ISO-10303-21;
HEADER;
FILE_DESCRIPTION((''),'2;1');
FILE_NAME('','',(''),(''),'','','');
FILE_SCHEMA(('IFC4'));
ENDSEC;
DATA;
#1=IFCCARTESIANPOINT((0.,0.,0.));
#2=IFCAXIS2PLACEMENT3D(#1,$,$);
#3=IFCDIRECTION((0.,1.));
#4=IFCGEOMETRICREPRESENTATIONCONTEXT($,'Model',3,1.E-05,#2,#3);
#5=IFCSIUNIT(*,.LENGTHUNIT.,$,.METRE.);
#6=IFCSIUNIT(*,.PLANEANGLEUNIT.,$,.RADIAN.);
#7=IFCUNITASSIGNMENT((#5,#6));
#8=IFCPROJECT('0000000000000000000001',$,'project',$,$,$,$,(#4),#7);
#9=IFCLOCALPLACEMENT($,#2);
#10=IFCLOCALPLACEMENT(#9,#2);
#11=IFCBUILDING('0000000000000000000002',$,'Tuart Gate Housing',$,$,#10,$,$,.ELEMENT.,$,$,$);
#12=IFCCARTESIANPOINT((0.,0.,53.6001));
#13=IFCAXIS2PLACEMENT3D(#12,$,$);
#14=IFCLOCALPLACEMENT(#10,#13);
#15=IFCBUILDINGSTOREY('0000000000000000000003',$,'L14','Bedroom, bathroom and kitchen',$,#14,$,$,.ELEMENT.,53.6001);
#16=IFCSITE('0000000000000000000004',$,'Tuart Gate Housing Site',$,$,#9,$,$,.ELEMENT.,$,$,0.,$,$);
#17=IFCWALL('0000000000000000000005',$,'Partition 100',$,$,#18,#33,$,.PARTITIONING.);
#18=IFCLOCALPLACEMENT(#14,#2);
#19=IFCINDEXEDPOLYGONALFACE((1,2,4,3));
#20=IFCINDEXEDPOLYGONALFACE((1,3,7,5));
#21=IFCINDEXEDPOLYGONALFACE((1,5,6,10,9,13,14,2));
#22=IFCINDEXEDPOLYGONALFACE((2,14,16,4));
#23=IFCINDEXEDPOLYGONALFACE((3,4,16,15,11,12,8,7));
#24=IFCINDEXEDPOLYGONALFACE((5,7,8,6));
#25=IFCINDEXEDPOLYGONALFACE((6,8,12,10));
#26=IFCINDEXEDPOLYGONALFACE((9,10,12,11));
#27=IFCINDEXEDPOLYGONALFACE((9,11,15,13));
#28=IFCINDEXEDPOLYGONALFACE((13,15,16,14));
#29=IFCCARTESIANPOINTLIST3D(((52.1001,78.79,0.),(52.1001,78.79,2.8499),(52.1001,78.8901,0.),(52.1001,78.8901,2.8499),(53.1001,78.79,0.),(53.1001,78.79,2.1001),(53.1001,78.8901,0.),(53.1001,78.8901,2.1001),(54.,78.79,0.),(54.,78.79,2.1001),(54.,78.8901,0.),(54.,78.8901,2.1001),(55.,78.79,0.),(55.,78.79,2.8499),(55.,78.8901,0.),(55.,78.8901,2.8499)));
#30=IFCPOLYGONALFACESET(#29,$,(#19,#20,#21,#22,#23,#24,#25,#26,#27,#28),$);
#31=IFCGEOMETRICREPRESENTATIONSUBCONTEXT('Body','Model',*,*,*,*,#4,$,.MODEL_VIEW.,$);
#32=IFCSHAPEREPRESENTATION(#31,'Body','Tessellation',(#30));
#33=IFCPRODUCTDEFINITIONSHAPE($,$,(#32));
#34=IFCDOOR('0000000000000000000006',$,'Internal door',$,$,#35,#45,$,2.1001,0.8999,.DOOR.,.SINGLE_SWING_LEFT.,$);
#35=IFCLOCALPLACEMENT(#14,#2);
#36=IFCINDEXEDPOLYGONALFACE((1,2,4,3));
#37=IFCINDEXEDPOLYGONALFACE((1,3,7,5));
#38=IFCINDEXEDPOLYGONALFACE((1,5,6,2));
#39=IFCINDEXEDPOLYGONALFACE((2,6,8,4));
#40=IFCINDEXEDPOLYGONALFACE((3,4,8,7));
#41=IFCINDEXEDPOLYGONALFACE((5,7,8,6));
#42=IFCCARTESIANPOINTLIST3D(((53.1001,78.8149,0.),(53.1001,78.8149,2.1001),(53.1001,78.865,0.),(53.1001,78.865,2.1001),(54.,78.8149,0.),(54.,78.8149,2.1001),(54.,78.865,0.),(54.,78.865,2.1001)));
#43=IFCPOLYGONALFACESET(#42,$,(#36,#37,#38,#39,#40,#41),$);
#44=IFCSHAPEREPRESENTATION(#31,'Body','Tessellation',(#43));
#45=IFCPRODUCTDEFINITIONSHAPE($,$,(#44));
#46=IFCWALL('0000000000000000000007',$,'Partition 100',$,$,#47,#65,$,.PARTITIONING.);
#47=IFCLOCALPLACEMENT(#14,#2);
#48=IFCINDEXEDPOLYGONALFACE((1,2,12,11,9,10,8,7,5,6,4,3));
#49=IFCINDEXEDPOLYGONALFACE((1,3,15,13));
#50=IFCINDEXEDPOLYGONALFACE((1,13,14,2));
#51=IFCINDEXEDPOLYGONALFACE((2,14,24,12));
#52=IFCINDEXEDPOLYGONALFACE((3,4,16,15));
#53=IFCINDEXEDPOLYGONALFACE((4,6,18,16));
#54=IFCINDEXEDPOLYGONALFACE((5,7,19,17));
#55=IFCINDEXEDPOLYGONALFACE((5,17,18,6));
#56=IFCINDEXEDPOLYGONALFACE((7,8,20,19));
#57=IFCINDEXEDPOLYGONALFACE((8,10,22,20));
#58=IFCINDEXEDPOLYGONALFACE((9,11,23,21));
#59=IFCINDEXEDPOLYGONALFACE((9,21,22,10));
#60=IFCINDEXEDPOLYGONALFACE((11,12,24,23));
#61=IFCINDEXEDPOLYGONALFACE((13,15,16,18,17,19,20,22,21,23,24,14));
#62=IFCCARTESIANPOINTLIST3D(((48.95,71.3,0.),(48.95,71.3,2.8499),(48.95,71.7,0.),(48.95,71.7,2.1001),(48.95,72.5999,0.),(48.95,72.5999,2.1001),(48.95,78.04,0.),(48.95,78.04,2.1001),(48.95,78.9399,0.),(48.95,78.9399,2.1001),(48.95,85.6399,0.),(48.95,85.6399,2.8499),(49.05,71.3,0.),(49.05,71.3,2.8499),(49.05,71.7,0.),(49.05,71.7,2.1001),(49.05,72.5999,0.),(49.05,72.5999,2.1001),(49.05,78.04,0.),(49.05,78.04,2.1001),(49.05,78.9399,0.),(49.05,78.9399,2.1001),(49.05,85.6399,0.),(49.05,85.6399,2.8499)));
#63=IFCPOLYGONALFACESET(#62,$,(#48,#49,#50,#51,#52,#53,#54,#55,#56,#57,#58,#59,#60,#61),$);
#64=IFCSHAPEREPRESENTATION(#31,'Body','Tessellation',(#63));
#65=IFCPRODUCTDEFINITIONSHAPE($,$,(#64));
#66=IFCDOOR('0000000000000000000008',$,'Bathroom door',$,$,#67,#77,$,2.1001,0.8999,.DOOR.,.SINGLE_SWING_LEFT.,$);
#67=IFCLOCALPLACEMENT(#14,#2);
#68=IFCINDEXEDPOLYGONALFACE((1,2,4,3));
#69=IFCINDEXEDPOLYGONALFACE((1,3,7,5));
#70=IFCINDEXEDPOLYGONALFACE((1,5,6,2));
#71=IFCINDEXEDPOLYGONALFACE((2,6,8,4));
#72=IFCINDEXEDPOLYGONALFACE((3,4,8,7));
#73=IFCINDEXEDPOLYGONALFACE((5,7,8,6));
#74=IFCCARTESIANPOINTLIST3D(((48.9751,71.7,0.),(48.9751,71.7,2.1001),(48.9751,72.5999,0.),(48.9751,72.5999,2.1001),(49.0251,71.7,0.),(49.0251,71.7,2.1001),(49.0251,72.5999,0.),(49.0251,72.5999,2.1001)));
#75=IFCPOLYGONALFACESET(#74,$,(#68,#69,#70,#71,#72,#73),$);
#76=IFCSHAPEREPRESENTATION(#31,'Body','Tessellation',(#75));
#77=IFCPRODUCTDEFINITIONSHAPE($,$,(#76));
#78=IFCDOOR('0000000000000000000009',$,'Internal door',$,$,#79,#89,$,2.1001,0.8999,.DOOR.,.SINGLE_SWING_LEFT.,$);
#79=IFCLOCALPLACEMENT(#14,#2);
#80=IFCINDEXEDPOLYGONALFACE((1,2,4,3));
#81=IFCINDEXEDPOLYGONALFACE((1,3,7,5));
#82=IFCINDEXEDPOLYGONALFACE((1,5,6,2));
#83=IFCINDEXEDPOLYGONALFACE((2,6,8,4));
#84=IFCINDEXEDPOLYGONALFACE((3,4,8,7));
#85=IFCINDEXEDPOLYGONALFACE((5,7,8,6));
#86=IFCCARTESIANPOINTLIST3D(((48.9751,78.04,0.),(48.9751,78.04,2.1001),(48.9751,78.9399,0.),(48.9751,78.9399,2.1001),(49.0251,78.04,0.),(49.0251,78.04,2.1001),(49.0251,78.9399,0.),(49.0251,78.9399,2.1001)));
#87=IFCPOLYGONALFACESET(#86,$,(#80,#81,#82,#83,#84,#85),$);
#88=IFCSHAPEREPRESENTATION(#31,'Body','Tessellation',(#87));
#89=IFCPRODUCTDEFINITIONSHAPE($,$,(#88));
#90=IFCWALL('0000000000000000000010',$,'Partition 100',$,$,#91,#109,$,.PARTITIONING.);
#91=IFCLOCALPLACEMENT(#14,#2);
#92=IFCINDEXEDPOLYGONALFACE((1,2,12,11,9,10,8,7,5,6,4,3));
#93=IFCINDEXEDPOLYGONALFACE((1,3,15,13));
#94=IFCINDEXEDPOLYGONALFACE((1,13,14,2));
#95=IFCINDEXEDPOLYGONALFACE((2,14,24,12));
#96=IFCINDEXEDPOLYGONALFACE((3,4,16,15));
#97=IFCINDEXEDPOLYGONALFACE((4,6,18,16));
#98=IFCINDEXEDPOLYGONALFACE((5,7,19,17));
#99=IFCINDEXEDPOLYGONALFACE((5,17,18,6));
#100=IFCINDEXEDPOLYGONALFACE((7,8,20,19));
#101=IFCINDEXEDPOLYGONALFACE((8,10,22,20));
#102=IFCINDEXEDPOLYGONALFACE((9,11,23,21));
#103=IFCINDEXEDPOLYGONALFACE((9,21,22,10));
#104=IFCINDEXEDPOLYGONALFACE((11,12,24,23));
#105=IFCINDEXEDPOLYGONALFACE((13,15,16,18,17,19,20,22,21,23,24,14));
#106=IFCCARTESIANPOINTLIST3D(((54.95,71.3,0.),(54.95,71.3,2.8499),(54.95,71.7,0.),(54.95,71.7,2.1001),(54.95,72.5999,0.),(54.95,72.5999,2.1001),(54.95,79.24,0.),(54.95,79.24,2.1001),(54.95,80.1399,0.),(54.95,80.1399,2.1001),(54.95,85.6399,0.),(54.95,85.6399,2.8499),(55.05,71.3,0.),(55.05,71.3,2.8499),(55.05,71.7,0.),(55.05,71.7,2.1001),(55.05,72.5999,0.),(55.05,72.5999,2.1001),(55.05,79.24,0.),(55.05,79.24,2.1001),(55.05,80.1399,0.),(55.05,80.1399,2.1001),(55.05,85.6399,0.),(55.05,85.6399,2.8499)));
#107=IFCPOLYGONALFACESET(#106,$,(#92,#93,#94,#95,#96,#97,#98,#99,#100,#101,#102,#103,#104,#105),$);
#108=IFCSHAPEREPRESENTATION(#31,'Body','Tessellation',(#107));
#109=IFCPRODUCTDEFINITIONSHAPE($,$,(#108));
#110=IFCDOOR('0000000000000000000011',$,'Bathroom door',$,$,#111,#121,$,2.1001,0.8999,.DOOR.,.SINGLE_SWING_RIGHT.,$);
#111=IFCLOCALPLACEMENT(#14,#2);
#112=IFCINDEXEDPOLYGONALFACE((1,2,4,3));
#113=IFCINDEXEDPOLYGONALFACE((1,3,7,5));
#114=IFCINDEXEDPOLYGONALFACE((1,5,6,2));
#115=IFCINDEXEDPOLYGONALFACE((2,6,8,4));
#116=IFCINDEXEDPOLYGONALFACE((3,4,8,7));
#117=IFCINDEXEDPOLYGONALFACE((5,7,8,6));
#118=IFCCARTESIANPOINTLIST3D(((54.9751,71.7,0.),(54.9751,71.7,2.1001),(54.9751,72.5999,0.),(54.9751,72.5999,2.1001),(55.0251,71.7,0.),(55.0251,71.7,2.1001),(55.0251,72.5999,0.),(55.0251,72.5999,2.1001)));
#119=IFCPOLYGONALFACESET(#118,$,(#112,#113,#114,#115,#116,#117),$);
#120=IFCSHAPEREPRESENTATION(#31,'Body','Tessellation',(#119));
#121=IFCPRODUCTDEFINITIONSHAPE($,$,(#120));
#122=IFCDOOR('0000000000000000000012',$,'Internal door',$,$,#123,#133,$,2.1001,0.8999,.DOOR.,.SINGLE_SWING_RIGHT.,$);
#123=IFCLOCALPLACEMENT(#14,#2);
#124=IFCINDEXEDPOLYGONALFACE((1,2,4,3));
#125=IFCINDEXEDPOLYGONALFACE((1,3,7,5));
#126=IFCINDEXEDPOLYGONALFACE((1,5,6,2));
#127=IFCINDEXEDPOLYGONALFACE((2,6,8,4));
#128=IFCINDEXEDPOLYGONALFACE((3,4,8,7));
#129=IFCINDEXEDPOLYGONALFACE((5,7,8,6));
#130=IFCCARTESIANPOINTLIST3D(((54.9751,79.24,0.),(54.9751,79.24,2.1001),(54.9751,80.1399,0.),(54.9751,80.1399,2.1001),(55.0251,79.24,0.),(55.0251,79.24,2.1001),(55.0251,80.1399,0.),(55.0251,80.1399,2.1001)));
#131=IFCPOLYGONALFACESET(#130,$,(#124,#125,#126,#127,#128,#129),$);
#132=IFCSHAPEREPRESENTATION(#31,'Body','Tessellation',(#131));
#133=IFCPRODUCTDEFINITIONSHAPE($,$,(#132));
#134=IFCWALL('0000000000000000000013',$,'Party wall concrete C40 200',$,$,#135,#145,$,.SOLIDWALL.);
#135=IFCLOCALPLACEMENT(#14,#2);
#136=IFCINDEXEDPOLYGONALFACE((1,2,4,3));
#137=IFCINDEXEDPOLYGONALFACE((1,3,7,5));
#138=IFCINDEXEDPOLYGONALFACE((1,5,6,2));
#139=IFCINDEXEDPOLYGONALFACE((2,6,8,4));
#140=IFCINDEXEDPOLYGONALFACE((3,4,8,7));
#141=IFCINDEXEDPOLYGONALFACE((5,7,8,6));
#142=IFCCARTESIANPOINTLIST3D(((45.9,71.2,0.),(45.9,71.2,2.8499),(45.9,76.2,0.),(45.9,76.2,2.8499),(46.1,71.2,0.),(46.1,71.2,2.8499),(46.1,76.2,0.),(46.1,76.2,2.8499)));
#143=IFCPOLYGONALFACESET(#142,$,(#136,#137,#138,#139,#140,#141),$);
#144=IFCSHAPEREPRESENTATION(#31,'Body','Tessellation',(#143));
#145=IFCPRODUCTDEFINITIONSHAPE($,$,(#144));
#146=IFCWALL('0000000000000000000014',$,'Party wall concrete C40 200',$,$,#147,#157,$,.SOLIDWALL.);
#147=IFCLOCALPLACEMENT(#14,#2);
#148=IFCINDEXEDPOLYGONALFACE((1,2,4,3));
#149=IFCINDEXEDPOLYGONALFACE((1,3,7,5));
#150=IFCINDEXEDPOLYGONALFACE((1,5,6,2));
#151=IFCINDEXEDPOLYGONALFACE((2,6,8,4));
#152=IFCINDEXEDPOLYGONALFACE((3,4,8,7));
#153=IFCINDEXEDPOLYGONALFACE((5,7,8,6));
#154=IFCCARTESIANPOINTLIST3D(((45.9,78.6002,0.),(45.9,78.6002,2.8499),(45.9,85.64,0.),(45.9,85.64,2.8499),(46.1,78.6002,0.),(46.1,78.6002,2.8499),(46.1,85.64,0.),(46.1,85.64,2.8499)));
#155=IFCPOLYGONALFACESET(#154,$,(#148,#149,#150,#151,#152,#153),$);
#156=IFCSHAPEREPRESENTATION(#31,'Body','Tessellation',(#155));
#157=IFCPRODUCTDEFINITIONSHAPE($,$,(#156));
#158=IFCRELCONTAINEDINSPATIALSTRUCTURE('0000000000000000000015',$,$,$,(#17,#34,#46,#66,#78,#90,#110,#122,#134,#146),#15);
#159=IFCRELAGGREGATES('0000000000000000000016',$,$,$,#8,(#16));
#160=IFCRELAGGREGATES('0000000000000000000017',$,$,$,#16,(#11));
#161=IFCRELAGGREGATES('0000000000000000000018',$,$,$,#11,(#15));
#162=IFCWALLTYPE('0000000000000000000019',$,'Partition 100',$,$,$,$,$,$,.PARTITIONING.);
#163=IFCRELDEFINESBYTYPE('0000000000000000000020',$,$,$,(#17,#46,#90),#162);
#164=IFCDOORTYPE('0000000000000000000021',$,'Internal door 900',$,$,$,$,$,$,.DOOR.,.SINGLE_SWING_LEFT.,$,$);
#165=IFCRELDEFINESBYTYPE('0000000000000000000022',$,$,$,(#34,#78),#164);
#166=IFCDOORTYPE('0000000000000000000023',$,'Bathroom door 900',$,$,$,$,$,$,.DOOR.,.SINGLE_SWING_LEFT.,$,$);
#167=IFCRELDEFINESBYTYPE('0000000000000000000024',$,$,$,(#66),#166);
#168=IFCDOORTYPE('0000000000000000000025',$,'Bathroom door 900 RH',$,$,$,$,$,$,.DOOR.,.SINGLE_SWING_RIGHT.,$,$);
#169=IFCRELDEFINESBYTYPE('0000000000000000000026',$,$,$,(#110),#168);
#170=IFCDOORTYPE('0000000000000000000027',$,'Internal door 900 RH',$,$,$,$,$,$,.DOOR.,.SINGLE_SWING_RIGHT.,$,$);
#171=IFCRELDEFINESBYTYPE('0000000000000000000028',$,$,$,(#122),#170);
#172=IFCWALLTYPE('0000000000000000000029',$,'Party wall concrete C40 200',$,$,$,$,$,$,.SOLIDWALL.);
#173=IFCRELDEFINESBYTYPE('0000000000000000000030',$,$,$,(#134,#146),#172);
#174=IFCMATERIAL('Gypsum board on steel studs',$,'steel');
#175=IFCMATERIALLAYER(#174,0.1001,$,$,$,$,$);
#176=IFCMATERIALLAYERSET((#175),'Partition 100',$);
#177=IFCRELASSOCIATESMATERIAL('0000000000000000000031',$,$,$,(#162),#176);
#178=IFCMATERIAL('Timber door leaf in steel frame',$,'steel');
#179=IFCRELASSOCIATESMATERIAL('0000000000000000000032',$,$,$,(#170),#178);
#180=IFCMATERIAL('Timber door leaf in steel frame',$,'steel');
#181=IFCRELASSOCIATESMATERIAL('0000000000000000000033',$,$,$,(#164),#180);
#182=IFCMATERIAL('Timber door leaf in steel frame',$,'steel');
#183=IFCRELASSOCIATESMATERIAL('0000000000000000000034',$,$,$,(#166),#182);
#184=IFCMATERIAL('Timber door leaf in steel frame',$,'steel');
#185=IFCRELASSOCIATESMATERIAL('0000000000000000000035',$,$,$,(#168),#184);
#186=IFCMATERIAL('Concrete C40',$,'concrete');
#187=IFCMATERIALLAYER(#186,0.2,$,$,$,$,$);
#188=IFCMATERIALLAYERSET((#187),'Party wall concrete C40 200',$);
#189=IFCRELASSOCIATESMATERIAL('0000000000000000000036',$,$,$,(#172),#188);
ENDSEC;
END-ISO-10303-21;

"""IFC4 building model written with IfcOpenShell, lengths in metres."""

from ifc_helpers import new_model, si_unit, direction, frame, frame_2d, origin, place, context, subcontext, project, spatial, rectangle, extrude, material, layer, layer_set, type_object, element, fill, save


model = new_model("IFC4")

# Units and contexts
model_context = context("Model", 3, precision=1e-05, world=origin(), true_north=direction((0.0, 1.0)))
body_context = subcontext(model_context, "Body", "Model", "MODEL_VIEW")
ifc_project = project(units=[si_unit("LENGTHUNIT", "METRE"), si_unit("PLANEANGLEUNIT", "RADIAN")], contexts=[model_context])

# Site, building, storey
site_placement = place(None, origin())
site = spatial("IfcSite", under=ifc_project, at=site_placement, Name="Tuart Gate Housing Site", CompositionType="ELEMENT", RefElevation=0.0)
building_placement = place(site_placement, origin())
building = spatial("IfcBuilding", under=site, at=building_placement, Name="Tuart Gate Housing", CompositionType="ELEMENT")
storey_placement = place(building_placement, frame((0.0, 0.0, 53.6001)))
storey = spatial("IfcBuildingStorey", under=building, at=storey_placement, Name="L14", Description="Bedroom, bathroom and kitchen", CompositionType="ELEMENT", Elevation=53.6001)

# Shared definitions
ifc_material_1 = material(Name="Gypsum board on steel studs", Category="steel")
ifc_layer_1 = layer(ifc_material_1, 0.1001)
ifc_layer_set_1 = layer_set([ifc_layer_1], Name="Partition 100")
wall_type_1 = type_object("IfcWallType", Name="Partition 100", PredefinedType="PARTITIONING", material=ifc_layer_set_1)

# Wall, opening, door
ifc_material_2 = material(Name="Timber door leaf in steel frame", Category="steel")
door_type_1 = type_object("IfcDoorType", Name="Internal door 900 RH", OperationType="SINGLE_SWING_RIGHT", PredefinedType="DOOR", material=ifc_material_2)
wall_1_placement = place(storey_placement, frame((52.1001, 78.8401, 0.0), z_axis=(0.0, 0.0, 1.0), x_axis=(1.0, 0.0, 0.0)))
wall_1 = element("IfcWall", 1, at=wall_1_placement, inside=storey, type_object=wall_type_1, Name="Partition 100", PredefinedType="PARTITIONING", context=body_context, shape_type="SweptSolid", body=[
    extrude(rectangle(XDim=2.8999, YDim=0.1001, at=frame_2d((1.45, 0.0))), origin(), (0.0, 0.0, 1.0), 2.8499),
])
opening_1_placement = place(wall_1_placement, frame((1.0, 0.0, 0.0)))
opening_1 = element("IfcOpeningElement", 2, at=opening_1_placement, cuts=wall_1, PredefinedType="OPENING", context=body_context, shape_type="SweptSolid", body=[
    extrude(rectangle(XDim=0.8999, YDim=2.1001, at=frame_2d((0.45, 1.05))), frame((0.0, 0.0601, 0.0), z_axis=(0.0, -1.0, 0.0), x_axis=(1.0, 0.0, 0.0)), (0.0, 0.0, 1.0), 0.1201),
])
ifc_material_3 = material(Name="Timber door leaf in steel frame", Category="steel")
door_type_2 = type_object("IfcDoorType", Name="Internal door 900", OperationType="SINGLE_SWING_LEFT", PredefinedType="DOOR", material=ifc_material_3)
door_1_placement = place(opening_1_placement, frame((0.8999, 0.0, 0.0), z_axis=(0.0, 0.0, 1.0), x_axis=(-1.0, 0.0, 0.0)))
door_1 = element("IfcDoor", 3, at=door_1_placement, inside=storey, type_object=door_type_2, Name="Internal door", OperationType="SINGLE_SWING_LEFT", OverallHeight=2.1001, OverallWidth=0.8999, PredefinedType="DOOR", context=body_context, shape_type="SweptSolid", body=[
    extrude(rectangle(XDim=0.8999, YDim=2.1001, at=frame_2d((0.45, 1.05))), frame((0.0, 0.0251, 0.0), z_axis=(0.0, -1.0, 0.0), x_axis=(1.0, 0.0, 0.0)), (0.0, 0.0, 1.0), 0.05),
])
fill(opening_1, door_1)

# Walls, openings, doors
wall_2_placement = place(storey_placement, frame((49.0, 71.3, 0.0), z_axis=(0.0, 0.0, 1.0), x_axis=(0.0, 1.0, 0.0)))
wall_2 = element("IfcWall", 4, at=wall_2_placement, inside=storey, type_object=wall_type_1, Name="Partition 100", PredefinedType="PARTITIONING", context=body_context, shape_type="SweptSolid", body=[
    extrude(rectangle(XDim=14.3398, YDim=0.1001, at=frame_2d((7.1699, 0.0))), origin(), (0.0, 0.0, 1.0), 2.8499),
])
opening_2_placement = place(wall_2_placement, frame((6.74, 0.0, 0.0)))
opening_2 = element("IfcOpeningElement", 5, at=opening_2_placement, cuts=wall_2, PredefinedType="OPENING", context=body_context, shape_type="SweptSolid", body=[
    extrude(rectangle(XDim=0.8999, YDim=2.1001, at=frame_2d((0.45, 1.05))), frame((0.0, 0.0601, 0.0), z_axis=(0.0, -1.0, 0.0), x_axis=(1.0, 0.0, 0.0)), (0.0, 0.0, 1.0), 0.1201),
])
opening_3_placement = place(wall_2_placement, frame((0.3999, 0.0, 0.0)))
opening_3 = element("IfcOpeningElement", 6, at=opening_3_placement, cuts=wall_2, PredefinedType="OPENING", context=body_context, shape_type="SweptSolid", body=[
    extrude(rectangle(XDim=0.8999, YDim=2.1001, at=frame_2d((0.45, 1.05))), frame((0.0, 0.0601, 0.0), z_axis=(0.0, -1.0, 0.0), x_axis=(1.0, 0.0, 0.0)), (0.0, 0.0, 1.0), 0.1201),
])
ifc_material_4 = material(Name="Timber door leaf in steel frame", Category="steel")
door_type_3 = type_object("IfcDoorType", Name="Bathroom door 900", OperationType="SINGLE_SWING_LEFT", PredefinedType="DOOR", material=ifc_material_4)
door_2_placement = place(opening_3_placement, origin())
door_2 = element("IfcDoor", 7, at=door_2_placement, inside=storey, type_object=door_type_3, Name="Bathroom door", OperationType="SINGLE_SWING_LEFT", OverallHeight=2.1001, OverallWidth=0.8999, PredefinedType="DOOR", context=body_context, shape_type="SweptSolid", body=[
    extrude(rectangle(XDim=0.8999, YDim=2.1001, at=frame_2d((0.45, 1.05))), frame((0.0, 0.0249, 0.0), z_axis=(0.0, -1.0, 0.0), x_axis=(1.0, 0.0, 0.0)), (0.0, 0.0, 1.0), 0.05),
])
fill(opening_3, door_2)
door_3_placement = place(opening_2_placement, origin())
door_3 = element("IfcDoor", 8, at=door_3_placement, inside=storey, type_object=door_type_2, Name="Internal door", OperationType="SINGLE_SWING_LEFT", OverallHeight=2.1001, OverallWidth=0.8999, PredefinedType="DOOR", context=body_context, shape_type="SweptSolid", body=[
    extrude(rectangle(XDim=0.8999, YDim=2.1001, at=frame_2d((0.45, 1.05))), frame((0.0, 0.0249, 0.0), z_axis=(0.0, -1.0, 0.0), x_axis=(1.0, 0.0, 0.0)), (0.0, 0.0, 1.0), 0.05),
])
fill(opening_2, door_3)
wall_3_placement = place(storey_placement, frame((55.0, 71.3, 0.0), z_axis=(0.0, 0.0, 1.0), x_axis=(0.0, 1.0, 0.0)))
wall_3 = element("IfcWall", 9, at=wall_3_placement, inside=storey, type_object=wall_type_1, Name="Partition 100", PredefinedType="PARTITIONING", context=body_context, shape_type="SweptSolid", body=[
    extrude(rectangle(XDim=14.3398, YDim=0.1001, at=frame_2d((7.1699, 0.0))), origin(), (0.0, 0.0, 1.0), 2.8499),
])
opening_4_placement = place(wall_3_placement, frame((7.9399, 0.0, 0.0)))
opening_4 = element("IfcOpeningElement", 10, at=opening_4_placement, cuts=wall_3, PredefinedType="OPENING", context=body_context, shape_type="SweptSolid", body=[
    extrude(rectangle(XDim=0.8999, YDim=2.1001, at=frame_2d((0.45, 1.05))), frame((0.0, 0.0601, 0.0), z_axis=(0.0, -1.0, 0.0), x_axis=(1.0, 0.0, 0.0)), (0.0, 0.0, 1.0), 0.1201),
])
opening_5_placement = place(wall_3_placement, frame((0.3999, 0.0, 0.0)))
opening_5 = element("IfcOpeningElement", 11, at=opening_5_placement, cuts=wall_3, PredefinedType="OPENING", context=body_context, shape_type="SweptSolid", body=[
    extrude(rectangle(XDim=0.8999, YDim=2.1001, at=frame_2d((0.45, 1.05))), frame((0.0, 0.0601, 0.0), z_axis=(0.0, -1.0, 0.0), x_axis=(1.0, 0.0, 0.0)), (0.0, 0.0, 1.0), 0.1201),
])
ifc_material_5 = material(Name="Timber door leaf in steel frame", Category="steel")
door_type_4 = type_object("IfcDoorType", Name="Bathroom door 900 RH", OperationType="SINGLE_SWING_RIGHT", PredefinedType="DOOR", material=ifc_material_5)
door_4_placement = place(opening_5_placement, frame((0.8999, 0.0, 0.0), z_axis=(0.0, 0.0, 1.0), x_axis=(-1.0, 0.0, 0.0)))
door_4 = element("IfcDoor", 12, at=door_4_placement, inside=storey, type_object=door_type_4, Name="Bathroom door", OperationType="SINGLE_SWING_RIGHT", OverallHeight=2.1001, OverallWidth=0.8999, PredefinedType="DOOR", context=body_context, shape_type="SweptSolid", body=[
    extrude(rectangle(XDim=0.8999, YDim=2.1001, at=frame_2d((0.45, 1.05))), frame((0.0, 0.0251, 0.0), z_axis=(0.0, -1.0, 0.0), x_axis=(1.0, 0.0, 0.0)), (0.0, 0.0, 1.0), 0.05),
])
fill(opening_5, door_4)
door_5_placement = place(opening_4_placement, frame((0.8999, 0.0, 0.0), z_axis=(0.0, 0.0, 1.0), x_axis=(-1.0, 0.0, 0.0)))
door_5 = element("IfcDoor", 13, at=door_5_placement, inside=storey, type_object=door_type_1, Name="Internal door", OperationType="SINGLE_SWING_RIGHT", OverallHeight=2.1001, OverallWidth=0.8999, PredefinedType="DOOR", context=body_context, shape_type="SweptSolid", body=[
    extrude(rectangle(XDim=0.8999, YDim=2.1001, at=frame_2d((0.45, 1.05))), frame((0.0, 0.0251, 0.0), z_axis=(0.0, -1.0, 0.0), x_axis=(1.0, 0.0, 0.0)), (0.0, 0.0, 1.0), 0.05),
])
fill(opening_4, door_5)

# Walls
ifc_material_6 = material(Name="Concrete C40", Category="concrete")
ifc_layer_2 = layer(ifc_material_6, 0.2)
ifc_layer_set_2 = layer_set([ifc_layer_2], Name="Party wall concrete C40 200")
wall_type_2 = type_object("IfcWallType", Name="Party wall concrete C40 200", PredefinedType="SOLIDWALL", material=ifc_layer_set_2)
wall_4_placement = place(storey_placement, frame((46.0, 71.2, 0.0), z_axis=(0.0, 0.0, 1.0), x_axis=(0.0, 1.0, 0.0)))
element("IfcWall", 14, at=wall_4_placement, inside=storey, type_object=wall_type_2, Name="Party wall concrete C40 200", PredefinedType="SOLIDWALL", context=body_context, shape_type="SweptSolid", body=[
    extrude(rectangle(XDim=5.0, YDim=0.2, at=frame_2d((2.5, 0.0))), origin(), (0.0, 0.0, 1.0), 2.8499),
])
wall_5_placement = place(storey_placement, frame((46.0, 78.6001, 0.0), z_axis=(0.0, 0.0, 1.0), x_axis=(0.0, 1.0, 0.0)))
element("IfcWall", 15, at=wall_5_placement, inside=storey, type_object=wall_type_2, Name="Party wall concrete C40 200", PredefinedType="SOLIDWALL", context=body_context, shape_type="SweptSolid", body=[
    extrude(rectangle(XDim=7.0398, YDim=0.2, at=frame_2d((3.52, 0.0))), origin(), (0.0, 0.0, 1.0), 2.8499),
])

save(model, "model.ifc")
